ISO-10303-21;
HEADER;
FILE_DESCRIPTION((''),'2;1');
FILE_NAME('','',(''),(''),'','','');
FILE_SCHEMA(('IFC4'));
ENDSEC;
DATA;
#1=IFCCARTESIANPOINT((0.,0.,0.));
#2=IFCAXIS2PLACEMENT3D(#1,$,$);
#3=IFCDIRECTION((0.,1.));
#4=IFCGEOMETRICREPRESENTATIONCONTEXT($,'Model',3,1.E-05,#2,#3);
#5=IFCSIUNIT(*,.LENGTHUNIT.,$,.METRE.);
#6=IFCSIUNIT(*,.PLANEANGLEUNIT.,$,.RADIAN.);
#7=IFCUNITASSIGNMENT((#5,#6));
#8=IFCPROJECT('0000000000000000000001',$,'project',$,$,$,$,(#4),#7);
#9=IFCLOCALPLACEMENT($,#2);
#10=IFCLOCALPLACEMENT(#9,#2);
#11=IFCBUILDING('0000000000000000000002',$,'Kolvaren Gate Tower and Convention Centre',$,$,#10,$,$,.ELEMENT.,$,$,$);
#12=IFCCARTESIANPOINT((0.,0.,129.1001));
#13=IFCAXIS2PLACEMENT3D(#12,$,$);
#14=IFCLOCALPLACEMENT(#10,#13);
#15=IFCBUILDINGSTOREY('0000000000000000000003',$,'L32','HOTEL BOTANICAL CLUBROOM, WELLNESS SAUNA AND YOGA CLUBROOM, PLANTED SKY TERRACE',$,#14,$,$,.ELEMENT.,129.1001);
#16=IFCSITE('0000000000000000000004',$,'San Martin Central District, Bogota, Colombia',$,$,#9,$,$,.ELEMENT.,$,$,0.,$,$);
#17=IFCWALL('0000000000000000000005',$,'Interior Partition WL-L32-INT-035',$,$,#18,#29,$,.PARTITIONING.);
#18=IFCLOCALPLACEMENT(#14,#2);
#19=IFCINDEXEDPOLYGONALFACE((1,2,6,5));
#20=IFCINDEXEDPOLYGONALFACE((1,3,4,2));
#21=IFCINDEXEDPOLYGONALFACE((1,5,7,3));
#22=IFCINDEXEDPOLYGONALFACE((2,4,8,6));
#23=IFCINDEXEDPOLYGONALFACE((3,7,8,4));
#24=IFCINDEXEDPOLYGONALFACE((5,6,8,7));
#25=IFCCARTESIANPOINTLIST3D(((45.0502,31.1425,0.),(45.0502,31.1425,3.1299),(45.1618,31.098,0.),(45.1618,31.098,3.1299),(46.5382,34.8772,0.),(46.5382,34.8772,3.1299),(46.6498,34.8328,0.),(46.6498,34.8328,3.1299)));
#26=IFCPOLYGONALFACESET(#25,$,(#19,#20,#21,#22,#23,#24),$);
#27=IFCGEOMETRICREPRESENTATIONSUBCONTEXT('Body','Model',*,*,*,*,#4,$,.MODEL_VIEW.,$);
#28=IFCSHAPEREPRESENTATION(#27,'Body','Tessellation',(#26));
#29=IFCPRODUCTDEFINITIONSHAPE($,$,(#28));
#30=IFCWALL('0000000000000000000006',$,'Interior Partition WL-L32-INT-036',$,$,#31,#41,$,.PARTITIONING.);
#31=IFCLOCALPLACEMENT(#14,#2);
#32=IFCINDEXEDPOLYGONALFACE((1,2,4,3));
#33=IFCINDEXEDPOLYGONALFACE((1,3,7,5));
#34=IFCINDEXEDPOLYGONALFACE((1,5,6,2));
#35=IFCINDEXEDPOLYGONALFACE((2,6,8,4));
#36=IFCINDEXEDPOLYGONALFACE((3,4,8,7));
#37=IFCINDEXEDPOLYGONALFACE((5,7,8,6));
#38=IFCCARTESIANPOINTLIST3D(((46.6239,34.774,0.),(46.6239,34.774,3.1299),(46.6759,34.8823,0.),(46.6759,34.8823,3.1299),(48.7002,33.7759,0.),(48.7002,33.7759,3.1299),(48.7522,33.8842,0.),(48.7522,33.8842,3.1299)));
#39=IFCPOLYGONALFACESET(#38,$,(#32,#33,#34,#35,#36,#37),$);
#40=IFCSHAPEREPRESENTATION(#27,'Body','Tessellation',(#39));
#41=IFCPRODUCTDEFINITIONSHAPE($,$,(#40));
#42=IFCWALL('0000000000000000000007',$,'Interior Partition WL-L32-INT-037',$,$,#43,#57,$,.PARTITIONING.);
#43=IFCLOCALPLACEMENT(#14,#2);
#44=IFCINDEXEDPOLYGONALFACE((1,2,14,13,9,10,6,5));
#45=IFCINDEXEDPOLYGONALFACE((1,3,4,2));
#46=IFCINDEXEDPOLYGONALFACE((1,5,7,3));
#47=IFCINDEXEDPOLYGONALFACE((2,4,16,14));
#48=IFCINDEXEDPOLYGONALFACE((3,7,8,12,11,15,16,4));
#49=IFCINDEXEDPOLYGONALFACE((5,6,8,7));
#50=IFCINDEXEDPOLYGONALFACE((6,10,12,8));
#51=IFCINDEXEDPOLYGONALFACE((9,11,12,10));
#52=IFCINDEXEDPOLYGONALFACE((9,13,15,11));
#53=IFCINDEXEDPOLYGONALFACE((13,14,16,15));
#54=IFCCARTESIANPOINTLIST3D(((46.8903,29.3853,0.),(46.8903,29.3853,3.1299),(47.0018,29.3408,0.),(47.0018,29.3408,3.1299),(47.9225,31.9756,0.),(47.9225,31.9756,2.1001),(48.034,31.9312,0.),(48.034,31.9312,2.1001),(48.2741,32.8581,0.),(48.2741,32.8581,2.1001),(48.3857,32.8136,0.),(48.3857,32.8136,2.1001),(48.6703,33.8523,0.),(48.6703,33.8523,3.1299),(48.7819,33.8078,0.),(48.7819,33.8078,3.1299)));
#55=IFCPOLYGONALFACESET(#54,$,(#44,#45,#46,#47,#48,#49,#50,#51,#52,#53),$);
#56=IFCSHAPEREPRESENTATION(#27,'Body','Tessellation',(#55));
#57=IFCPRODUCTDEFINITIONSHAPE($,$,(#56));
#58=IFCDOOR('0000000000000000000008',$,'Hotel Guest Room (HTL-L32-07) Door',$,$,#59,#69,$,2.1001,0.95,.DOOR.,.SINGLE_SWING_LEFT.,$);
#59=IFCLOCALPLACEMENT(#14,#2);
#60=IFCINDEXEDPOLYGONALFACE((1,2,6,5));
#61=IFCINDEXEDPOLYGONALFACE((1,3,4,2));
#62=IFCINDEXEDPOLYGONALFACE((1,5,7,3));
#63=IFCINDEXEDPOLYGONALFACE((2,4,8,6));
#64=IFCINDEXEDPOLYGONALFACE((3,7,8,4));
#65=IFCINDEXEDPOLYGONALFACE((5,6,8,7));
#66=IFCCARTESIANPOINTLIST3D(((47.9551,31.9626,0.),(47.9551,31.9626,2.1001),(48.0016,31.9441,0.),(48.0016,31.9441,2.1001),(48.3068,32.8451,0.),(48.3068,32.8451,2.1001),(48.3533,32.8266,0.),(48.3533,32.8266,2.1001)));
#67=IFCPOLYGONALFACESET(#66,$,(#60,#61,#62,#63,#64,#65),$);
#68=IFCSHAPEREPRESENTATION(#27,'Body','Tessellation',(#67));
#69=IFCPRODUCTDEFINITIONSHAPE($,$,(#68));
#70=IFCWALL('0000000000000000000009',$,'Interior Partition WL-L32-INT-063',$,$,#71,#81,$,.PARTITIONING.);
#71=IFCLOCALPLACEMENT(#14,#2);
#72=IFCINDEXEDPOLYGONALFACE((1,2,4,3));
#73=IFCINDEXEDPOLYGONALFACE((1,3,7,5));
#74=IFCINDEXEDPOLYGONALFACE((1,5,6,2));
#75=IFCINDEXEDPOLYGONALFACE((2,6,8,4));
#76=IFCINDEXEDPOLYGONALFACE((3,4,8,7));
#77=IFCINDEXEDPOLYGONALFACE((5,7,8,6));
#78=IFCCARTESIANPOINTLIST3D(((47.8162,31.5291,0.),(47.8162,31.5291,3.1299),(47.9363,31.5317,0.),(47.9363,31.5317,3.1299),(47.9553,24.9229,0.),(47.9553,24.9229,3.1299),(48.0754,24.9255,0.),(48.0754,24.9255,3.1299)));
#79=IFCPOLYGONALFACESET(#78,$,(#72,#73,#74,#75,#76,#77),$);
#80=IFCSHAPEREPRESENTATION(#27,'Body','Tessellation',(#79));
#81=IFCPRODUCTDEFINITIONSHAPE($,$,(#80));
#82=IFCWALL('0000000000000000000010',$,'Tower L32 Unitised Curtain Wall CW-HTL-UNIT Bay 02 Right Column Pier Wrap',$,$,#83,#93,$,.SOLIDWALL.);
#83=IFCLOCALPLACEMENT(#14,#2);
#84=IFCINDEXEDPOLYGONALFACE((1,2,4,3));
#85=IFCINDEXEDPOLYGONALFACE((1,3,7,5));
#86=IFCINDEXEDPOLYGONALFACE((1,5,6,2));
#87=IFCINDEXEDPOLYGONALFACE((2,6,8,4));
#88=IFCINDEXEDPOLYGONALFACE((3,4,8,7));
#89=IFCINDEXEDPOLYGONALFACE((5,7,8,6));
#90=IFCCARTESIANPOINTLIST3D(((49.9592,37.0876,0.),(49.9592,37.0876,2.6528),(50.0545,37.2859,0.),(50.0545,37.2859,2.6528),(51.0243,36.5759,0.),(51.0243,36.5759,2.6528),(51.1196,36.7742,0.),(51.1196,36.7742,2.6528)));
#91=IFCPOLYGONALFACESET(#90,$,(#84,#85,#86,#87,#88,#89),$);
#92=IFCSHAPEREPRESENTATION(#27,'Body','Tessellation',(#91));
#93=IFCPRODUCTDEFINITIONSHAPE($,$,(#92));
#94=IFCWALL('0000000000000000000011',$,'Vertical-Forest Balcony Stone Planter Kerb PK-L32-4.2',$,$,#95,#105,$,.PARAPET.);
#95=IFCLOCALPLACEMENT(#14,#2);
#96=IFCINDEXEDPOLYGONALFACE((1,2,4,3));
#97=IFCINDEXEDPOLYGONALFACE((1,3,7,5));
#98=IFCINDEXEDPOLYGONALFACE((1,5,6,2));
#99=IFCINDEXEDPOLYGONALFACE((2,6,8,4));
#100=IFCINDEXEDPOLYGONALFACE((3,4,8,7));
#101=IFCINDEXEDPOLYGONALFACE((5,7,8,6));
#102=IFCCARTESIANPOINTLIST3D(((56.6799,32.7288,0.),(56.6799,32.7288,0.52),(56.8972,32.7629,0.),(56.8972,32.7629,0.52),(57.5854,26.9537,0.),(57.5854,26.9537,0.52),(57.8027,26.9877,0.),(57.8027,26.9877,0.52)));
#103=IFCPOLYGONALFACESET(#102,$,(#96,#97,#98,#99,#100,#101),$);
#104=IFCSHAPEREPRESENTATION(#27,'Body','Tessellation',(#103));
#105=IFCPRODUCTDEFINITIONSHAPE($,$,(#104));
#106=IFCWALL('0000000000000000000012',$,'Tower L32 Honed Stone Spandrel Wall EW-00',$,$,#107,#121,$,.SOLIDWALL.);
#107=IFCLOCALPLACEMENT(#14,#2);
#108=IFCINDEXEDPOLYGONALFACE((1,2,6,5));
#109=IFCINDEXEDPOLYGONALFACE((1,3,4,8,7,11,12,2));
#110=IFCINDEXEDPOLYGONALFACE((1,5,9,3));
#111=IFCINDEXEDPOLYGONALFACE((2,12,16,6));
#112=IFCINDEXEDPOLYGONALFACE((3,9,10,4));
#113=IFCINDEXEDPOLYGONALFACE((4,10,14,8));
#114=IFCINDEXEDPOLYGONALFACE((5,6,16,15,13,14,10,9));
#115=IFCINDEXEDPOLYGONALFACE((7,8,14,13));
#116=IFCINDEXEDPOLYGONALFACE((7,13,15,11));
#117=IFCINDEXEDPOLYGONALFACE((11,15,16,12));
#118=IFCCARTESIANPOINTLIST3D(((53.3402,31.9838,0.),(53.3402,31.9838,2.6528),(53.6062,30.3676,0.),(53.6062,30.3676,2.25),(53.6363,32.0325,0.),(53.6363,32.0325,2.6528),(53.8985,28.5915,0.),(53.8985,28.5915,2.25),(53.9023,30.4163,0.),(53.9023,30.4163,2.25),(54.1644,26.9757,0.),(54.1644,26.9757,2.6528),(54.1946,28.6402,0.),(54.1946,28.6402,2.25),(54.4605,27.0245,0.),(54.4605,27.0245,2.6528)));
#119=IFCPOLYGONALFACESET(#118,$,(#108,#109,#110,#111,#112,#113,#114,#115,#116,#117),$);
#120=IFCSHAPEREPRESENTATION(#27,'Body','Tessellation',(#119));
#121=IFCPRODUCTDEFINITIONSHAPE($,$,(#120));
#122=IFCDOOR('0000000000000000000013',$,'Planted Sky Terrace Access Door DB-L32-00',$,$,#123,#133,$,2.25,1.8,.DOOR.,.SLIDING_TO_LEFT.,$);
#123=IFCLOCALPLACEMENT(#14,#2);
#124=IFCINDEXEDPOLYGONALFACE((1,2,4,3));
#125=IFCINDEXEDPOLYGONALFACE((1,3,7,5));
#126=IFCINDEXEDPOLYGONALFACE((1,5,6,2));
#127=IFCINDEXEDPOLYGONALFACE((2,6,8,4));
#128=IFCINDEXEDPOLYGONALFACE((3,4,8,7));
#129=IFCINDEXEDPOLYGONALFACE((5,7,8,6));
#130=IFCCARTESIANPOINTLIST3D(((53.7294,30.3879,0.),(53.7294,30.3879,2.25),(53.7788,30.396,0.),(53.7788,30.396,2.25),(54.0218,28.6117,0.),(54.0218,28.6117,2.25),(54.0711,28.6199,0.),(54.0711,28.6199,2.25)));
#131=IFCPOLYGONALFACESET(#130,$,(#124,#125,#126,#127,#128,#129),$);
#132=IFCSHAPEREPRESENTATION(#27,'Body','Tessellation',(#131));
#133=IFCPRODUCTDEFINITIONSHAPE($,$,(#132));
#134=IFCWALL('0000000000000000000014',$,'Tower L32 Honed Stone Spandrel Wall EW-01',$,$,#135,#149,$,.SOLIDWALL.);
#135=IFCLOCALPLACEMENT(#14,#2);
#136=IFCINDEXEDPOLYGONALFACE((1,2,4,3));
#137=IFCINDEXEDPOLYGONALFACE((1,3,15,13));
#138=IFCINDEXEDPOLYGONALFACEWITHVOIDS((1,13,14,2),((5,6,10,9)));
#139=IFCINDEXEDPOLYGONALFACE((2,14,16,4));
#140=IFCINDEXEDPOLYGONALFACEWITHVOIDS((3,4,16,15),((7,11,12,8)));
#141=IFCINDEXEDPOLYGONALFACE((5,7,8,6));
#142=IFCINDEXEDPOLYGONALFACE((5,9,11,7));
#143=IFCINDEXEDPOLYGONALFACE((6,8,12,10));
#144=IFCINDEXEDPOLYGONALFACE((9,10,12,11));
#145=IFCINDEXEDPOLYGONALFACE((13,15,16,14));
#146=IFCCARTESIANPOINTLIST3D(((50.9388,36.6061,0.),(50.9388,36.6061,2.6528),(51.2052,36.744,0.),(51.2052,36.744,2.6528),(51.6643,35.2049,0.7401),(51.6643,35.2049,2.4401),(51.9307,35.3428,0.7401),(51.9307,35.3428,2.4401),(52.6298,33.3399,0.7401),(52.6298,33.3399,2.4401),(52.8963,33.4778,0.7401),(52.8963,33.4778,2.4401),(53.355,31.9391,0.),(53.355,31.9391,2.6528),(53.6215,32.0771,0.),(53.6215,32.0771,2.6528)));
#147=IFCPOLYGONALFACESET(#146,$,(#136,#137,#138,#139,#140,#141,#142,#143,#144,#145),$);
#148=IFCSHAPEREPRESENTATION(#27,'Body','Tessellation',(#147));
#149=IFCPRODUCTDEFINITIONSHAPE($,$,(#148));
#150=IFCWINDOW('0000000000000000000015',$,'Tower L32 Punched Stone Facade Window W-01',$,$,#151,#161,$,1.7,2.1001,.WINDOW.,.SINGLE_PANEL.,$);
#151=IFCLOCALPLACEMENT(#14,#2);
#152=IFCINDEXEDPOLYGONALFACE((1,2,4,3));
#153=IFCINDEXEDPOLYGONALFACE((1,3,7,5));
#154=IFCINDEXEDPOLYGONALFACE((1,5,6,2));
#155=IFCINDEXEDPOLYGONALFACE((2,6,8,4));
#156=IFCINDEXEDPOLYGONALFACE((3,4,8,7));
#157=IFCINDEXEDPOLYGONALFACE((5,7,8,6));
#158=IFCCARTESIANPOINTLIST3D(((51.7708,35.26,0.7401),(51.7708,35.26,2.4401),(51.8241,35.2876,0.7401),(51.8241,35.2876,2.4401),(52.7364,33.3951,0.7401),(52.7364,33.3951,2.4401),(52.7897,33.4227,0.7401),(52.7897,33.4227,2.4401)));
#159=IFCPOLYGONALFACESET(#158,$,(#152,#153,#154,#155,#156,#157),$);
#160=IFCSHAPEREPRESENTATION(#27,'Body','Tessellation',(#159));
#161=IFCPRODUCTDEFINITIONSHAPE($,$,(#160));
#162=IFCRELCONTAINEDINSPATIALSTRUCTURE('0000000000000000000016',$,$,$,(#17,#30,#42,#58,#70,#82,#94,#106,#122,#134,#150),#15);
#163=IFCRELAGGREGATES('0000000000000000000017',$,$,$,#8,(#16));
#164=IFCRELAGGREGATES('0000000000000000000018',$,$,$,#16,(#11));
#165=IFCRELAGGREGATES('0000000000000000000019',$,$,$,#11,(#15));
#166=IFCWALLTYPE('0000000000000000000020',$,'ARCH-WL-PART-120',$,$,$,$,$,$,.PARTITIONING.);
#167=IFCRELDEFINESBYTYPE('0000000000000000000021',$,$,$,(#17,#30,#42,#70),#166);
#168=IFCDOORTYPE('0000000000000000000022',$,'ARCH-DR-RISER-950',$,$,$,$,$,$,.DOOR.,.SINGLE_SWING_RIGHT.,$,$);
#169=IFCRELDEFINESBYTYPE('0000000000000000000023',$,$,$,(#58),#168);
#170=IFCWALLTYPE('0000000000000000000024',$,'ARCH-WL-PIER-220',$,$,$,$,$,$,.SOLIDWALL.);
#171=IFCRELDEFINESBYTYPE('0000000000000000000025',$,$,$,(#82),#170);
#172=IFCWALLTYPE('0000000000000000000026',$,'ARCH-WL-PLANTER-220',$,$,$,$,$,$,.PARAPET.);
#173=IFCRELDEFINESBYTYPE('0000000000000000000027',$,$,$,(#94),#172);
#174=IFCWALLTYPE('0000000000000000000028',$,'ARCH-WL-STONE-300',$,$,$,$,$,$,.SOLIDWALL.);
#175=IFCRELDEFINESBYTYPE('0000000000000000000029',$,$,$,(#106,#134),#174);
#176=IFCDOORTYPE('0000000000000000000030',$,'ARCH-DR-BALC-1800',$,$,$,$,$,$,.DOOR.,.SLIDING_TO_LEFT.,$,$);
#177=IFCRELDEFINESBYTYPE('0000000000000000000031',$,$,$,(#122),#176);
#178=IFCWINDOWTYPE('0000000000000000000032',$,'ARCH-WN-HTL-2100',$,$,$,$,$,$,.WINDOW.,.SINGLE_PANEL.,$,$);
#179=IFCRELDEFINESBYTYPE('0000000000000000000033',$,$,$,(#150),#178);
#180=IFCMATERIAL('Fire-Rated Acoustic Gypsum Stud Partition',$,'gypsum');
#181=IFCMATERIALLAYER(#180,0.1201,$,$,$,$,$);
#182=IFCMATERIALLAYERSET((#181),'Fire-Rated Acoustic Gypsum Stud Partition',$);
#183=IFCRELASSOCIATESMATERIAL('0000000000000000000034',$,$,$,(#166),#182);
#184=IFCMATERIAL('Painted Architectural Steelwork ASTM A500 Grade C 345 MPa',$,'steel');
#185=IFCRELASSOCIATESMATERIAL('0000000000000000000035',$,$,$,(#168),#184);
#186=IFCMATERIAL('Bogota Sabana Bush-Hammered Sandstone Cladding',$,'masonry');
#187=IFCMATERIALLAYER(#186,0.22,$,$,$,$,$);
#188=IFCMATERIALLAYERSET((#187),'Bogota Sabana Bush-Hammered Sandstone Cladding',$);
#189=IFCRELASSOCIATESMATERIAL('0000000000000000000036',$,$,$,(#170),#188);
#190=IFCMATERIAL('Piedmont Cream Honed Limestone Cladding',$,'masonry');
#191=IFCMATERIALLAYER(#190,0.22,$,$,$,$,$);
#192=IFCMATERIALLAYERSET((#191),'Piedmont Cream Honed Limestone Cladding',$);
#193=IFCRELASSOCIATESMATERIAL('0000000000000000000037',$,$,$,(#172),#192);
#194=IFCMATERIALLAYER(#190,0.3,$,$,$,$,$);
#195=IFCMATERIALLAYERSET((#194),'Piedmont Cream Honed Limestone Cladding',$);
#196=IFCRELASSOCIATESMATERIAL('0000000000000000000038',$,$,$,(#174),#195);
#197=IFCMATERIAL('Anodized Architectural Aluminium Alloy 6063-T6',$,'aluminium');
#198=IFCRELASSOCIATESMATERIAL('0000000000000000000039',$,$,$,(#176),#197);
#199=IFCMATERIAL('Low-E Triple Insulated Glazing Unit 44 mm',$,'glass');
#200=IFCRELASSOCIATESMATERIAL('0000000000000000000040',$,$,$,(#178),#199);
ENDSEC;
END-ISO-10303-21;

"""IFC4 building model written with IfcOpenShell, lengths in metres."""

from ifc_helpers import new_model, si_unit, direction, frame, frame_2d, origin, place, context, subcontext, project, spatial, rectangle, extrude, material, layer, layer_set, type_object, element, fill, save


model = new_model("IFC4")

# Units and contexts
model_context = context("Model", 3, precision=1e-05, world=origin(), true_north=direction((0.0, 1.0)))
body_context = subcontext(model_context, "Body", "Model", "MODEL_VIEW")
ifc_project = project(units=[si_unit("LENGTHUNIT", "METRE"), si_unit("PLANEANGLEUNIT", "RADIAN")], contexts=[model_context])

# Site, building, storey
site_placement = place(None, origin())
site = spatial("IfcSite", under=ifc_project, at=site_placement, Name="San Martin Central District, Bogota, Colombia", CompositionType="ELEMENT", RefElevation=0.0)
building_placement = place(site_placement, origin())
building = spatial("IfcBuilding", under=site, at=building_placement, Name="Kolvaren Gate Tower and Convention Centre", CompositionType="ELEMENT")
storey_placement = place(building_placement, frame((0.0, 0.0, 129.1001)))
storey = spatial("IfcBuildingStorey", under=building, at=storey_placement, Name="L32", Description="HOTEL BOTANICAL CLUBROOM, WELLNESS SAUNA AND YOGA CLUBROOM, PLANTED SKY TERRACE", CompositionType="ELEMENT", Elevation=129.1001)

# Shared definitions
ifc_material_1 = material(Name="Anodized Architectural Aluminium Alloy 6063-T6", Category="aluminium")

# Shared definitions
ifc_material_2 = material(Name="Low-E Triple Insulated Glazing Unit 44 mm", Category="glass")

# Walls
ifc_material_3 = material(Name="Fire-Rated Acoustic Gypsum Stud Partition", Category="gypsum")
ifc_layer_1 = layer(ifc_material_3, 0.1201)
ifc_layer_set_1 = layer_set([ifc_layer_1], Name="Fire-Rated Acoustic Gypsum Stud Partition")
wall_type_1 = type_object("IfcWallType", Name="ARCH-WL-PART-120", PredefinedType="PARTITIONING", material=ifc_layer_set_1)
wall_1_placement = place(storey_placement, frame((45.106, 31.1201, 0.0), z_axis=(0.0, 0.0, 1.0), x_axis=(0.370123, 0.928983, 0.0)))
element("IfcWall", 1, at=wall_1_placement, inside=storey, type_object=wall_type_1, Name="Interior Partition WL-L32-INT-035", PredefinedType="PARTITIONING", context=body_context, shape_type="SweptSolid", body=[
    extrude(rectangle(XDim=4.0203, YDim=0.1201, at=frame_2d((2.0103, 0.0))), origin(), (0.0, 0.0, 1.0), 3.1299),
])
wall_2_placement = place(storey_placement, frame((46.6499, 34.8281, 0.0), z_axis=(0.0, 0.0, 1.0), x_axis=(0.901272, -0.433255, 0.0)))
element("IfcWall", 2, at=wall_2_placement, inside=storey, type_object=wall_type_1, Name="Interior Partition WL-L32-INT-036", PredefinedType="PARTITIONING", context=body_context, shape_type="SweptSolid", body=[
    extrude(rectangle(XDim=2.3037, YDim=0.1201, at=frame_2d((1.1519, 0.0))), origin(), (0.0, 0.0, 1.0), 3.1299),
])

# Wall, opening, door
wall_3_placement = place(storey_placement, frame((46.946, 29.363, 0.0), z_axis=(0.0, 0.0, 1.0), x_axis=(0.370174, 0.928963, 0.0)))
wall_3 = element("IfcWall", 3, at=wall_3_placement, inside=storey, type_object=wall_type_1, Name="Interior Partition WL-L32-INT-037", PredefinedType="PARTITIONING", context=body_context, shape_type="SweptSolid", body=[
    extrude(rectangle(XDim=4.8086, YDim=0.1201, at=frame_2d((2.4043, 0.0))), origin(), (0.0, 0.0, 1.0), 3.1299),
])
opening_1_placement = place(wall_3_placement, frame((2.7883, 0.0, 0.0)))
opening_1 = element("IfcOpeningElement", 4, at=opening_1_placement, cuts=wall_3, PredefinedType="OPENING", context=body_context, shape_type="SweptSolid", body=[
    extrude(rectangle(XDim=0.95, YDim=2.1001, at=frame_2d((0.4751, 1.05))), frame((0.0, 0.0701, 0.0), z_axis=(0.0, -1.0, 0.0), x_axis=(1.0, 0.0, 0.0)), (0.0, 0.0, 1.0), 0.1401),
])
ifc_material_4 = material(Name="Painted Architectural Steelwork ASTM A500 Grade C 345 MPa", Category="steel")
door_type_1 = type_object("IfcDoorType", Name="ARCH-DR-RISER-950", OperationType="SINGLE_SWING_RIGHT", PredefinedType="DOOR", material=ifc_material_4)
door_1_placement = place(opening_1_placement, origin())
door_1 = element("IfcDoor", 5, at=door_1_placement, inside=storey, type_object=door_type_1, Name="Hotel Guest Room (HTL-L32-07) Door", OperationType="SINGLE_SWING_LEFT", OverallHeight=2.1001, OverallWidth=0.95, PredefinedType="DOOR", context=body_context, shape_type="SweptSolid", body=[
    extrude(rectangle(XDim=0.95, YDim=2.1001, at=frame_2d((0.4751, 1.05))), frame((0.0, 0.0249, 0.0), z_axis=(0.0, -1.0, 0.0), x_axis=(1.0, 0.0, 0.0)), (0.0, 0.0, 1.0), 0.05),
])
fill(opening_1, door_1)

# Walls
wall_4_placement = place(storey_placement, frame((47.8762, 31.5303, 0.0), z_axis=(0.0, 0.0, 1.0), x_axis=(0.02106, -0.999778, 0.0)))
element("IfcWall", 6, at=wall_4_placement, inside=storey, type_object=wall_type_1, Name="Interior Partition WL-L32-INT-063", PredefinedType="PARTITIONING", context=body_context, shape_type="SweptSolid", body=[
    extrude(rectangle(XDim=6.6077, YDim=0.1201, at=frame_2d((3.3037, 0.0))), origin(), (0.0, 0.0, 1.0), 3.1299),
])
ifc_material_5 = material(Name="Bogota Sabana Bush-Hammered Sandstone Cladding", Category="masonry")
ifc_layer_2 = layer(ifc_material_5, 0.22)
ifc_layer_set_2 = layer_set([ifc_layer_2], Name="Bogota Sabana Bush-Hammered Sandstone Cladding")
wall_type_2 = type_object("IfcWallType", Name="ARCH-WL-PIER-220", PredefinedType="SOLIDWALL", material=ifc_layer_set_2)
wall_5_placement = place(storey_placement, frame((50.0068, 37.1868, 0.0), z_axis=(0.0, 0.0, 1.0), x_axis=(0.901381, -0.433027, 0.0)))
element("IfcWall", 7, at=wall_5_placement, inside=storey, type_object=wall_type_2, Name="Tower L32 Unitised Curtain Wall CW-HTL-UNIT Bay 02 Right Column Pier Wrap", PredefinedType="SOLIDWALL", context=body_context, shape_type="SweptSolid", body=[
    extrude(rectangle(XDim=1.1816, YDim=0.22, at=frame_2d((0.5908, 0.0))), origin(), (0.0, 0.0, 1.0), 2.6528),
])
ifc_material_6 = material(Name="Piedmont Cream Honed Limestone Cladding", Category="masonry")
ifc_layer_3 = layer(ifc_material_6, 0.22)
ifc_layer_set_3 = layer_set([ifc_layer_3], Name="Piedmont Cream Honed Limestone Cladding")
wall_type_3 = type_object("IfcWallType", Name="ARCH-WL-PLANTER-220", PredefinedType="PARAPET", material=ifc_layer_set_3)
wall_6_placement = place(storey_placement, frame((56.7886, 32.7458, 0.0), z_axis=(0.0, 0.0, 1.0), x_axis=(0.154903, -0.98793, 0.0)))
element("IfcWall", 8, at=wall_6_placement, inside=storey, type_object=wall_type_3, Name="Vertical-Forest Balcony Stone Planter Kerb PK-L32-4.2", PredefinedType="PARAPET", context=body_context, shape_type="SweptSolid", body=[
    extrude(rectangle(XDim=5.8457, YDim=0.22, at=frame_2d((2.9229, 0.0))), origin(), (0.0, 0.0, 1.0), 0.52),
])

# Wall, opening, door
ifc_layer_4 = layer(ifc_material_6, 0.3)
ifc_layer_set_4 = layer_set([ifc_layer_4], Name="Piedmont Cream Honed Limestone Cladding")
wall_type_4 = type_object("IfcWallType", Name="ARCH-WL-STONE-300", PredefinedType="SOLIDWALL", material=ifc_layer_set_4)
wall_7_placement = place(storey_placement, frame((53.4883, 32.0081, 0.0), z_axis=(0.0, 0.0, 1.0), x_axis=(0.162394, -0.986726, 0.0)))
wall_7 = element("IfcWall", 9, at=wall_7_placement, inside=storey, type_object=wall_type_4, Name="Tower L32 Honed Stone Spandrel Wall EW-00", PredefinedType="SOLIDWALL", context=body_context, shape_type="SweptSolid", body=[
    extrude(rectangle(XDim=5.0754, YDim=0.3, at=frame_2d((2.5376, 0.0))), origin(), (0.0, 0.0, 1.0), 2.6528),
])
opening_2_placement = place(wall_7_placement, frame((1.6379, 0.0, 0.0)))
opening_2 = element("IfcOpeningElement", 10, at=opening_2_placement, cuts=wall_7, PredefinedType="OPENING", context=body_context, shape_type="SweptSolid", body=[
    extrude(rectangle(XDim=1.8, YDim=2.25, at=frame_2d((0.8999, 1.125))), frame((0.0, 0.1599, 0.0), z_axis=(0.0, -1.0, 0.0), x_axis=(1.0, 0.0, 0.0)), (0.0, 0.0, 1.0), 0.3201),
])
door_type_2 = type_object("IfcDoorType", Name="ARCH-DR-BALC-1800", OperationType="SLIDING_TO_LEFT", PredefinedType="DOOR", material=ifc_material_1)
door_2_placement = place(opening_2_placement, origin())
door_2 = element("IfcDoor", 11, at=door_2_placement, inside=storey, type_object=door_type_2, Name="Planted Sky Terrace Access Door DB-L32-00", OperationType="SLIDING_TO_LEFT", OverallHeight=2.25, OverallWidth=1.8, PredefinedType="DOOR", context=body_context, shape_type="SweptSolid", body=[
    extrude(rectangle(XDim=1.8, YDim=2.25, at=frame_2d((0.8999, 1.125))), frame((0.0, 0.0249, 0.0), z_axis=(0.0, -1.0, 0.0), x_axis=(1.0, 0.0, 0.0)), (0.0, 0.0, 1.0), 0.05),
])
fill(opening_2, door_2)

# Wall, opening, window
wall_8_placement = place(storey_placement, frame((51.072, 36.675, 0.0), z_axis=(0.0, 0.0, 1.0), x_axis=(0.459768, -0.888039, 0.0)))
wall_8 = element("IfcWall", 12, at=wall_8_placement, inside=storey, type_object=wall_type_4, Name="Tower L32 Honed Stone Spandrel Wall EW-01", PredefinedType="SOLIDWALL", context=body_context, shape_type="SweptSolid", body=[
    extrude(rectangle(XDim=5.2554, YDim=0.3, at=frame_2d((2.6277, 0.0))), origin(), (0.0, 0.0, 1.0), 2.6528),
])
opening_3_placement = place(wall_8_placement, frame((1.5779, 0.0, 0.74)))
opening_3 = element("IfcOpeningElement", 13, at=opening_3_placement, cuts=wall_8, PredefinedType="OPENING", context=body_context, shape_type="SweptSolid", body=[
    extrude(rectangle(XDim=2.1001, YDim=1.7, at=frame_2d((1.05, 0.8501))), frame((0.0, 0.1599, 0.0), z_axis=(0.0, -1.0, 0.0), x_axis=(1.0, 0.0, 0.0)), (0.0, 0.0, 1.0), 0.3201),
])
window_type = type_object("IfcWindowType", Name="ARCH-WN-HTL-2100", PartitioningType="SINGLE_PANEL", PredefinedType="WINDOW", material=ifc_material_2)
window_placement = place(opening_3_placement, origin())
window = element("IfcWindow", 14, at=window_placement, inside=storey, type_object=window_type, Name="Tower L32 Punched Stone Facade Window W-01", OverallHeight=1.7, OverallWidth=2.1001, PartitioningType="SINGLE_PANEL", PredefinedType="WINDOW", context=body_context, shape_type="SweptSolid", body=[
    extrude(rectangle(XDim=2.1001, YDim=1.7, at=frame_2d((1.05, 0.8501))), frame((0.0, 0.03, 0.0), z_axis=(0.0, -1.0, 0.0), x_axis=(1.0, 0.0, 0.0)), (0.0, 0.0, 1.0), 0.0601),
])
fill(opening_3, window)

save(model, "model.ifc")
